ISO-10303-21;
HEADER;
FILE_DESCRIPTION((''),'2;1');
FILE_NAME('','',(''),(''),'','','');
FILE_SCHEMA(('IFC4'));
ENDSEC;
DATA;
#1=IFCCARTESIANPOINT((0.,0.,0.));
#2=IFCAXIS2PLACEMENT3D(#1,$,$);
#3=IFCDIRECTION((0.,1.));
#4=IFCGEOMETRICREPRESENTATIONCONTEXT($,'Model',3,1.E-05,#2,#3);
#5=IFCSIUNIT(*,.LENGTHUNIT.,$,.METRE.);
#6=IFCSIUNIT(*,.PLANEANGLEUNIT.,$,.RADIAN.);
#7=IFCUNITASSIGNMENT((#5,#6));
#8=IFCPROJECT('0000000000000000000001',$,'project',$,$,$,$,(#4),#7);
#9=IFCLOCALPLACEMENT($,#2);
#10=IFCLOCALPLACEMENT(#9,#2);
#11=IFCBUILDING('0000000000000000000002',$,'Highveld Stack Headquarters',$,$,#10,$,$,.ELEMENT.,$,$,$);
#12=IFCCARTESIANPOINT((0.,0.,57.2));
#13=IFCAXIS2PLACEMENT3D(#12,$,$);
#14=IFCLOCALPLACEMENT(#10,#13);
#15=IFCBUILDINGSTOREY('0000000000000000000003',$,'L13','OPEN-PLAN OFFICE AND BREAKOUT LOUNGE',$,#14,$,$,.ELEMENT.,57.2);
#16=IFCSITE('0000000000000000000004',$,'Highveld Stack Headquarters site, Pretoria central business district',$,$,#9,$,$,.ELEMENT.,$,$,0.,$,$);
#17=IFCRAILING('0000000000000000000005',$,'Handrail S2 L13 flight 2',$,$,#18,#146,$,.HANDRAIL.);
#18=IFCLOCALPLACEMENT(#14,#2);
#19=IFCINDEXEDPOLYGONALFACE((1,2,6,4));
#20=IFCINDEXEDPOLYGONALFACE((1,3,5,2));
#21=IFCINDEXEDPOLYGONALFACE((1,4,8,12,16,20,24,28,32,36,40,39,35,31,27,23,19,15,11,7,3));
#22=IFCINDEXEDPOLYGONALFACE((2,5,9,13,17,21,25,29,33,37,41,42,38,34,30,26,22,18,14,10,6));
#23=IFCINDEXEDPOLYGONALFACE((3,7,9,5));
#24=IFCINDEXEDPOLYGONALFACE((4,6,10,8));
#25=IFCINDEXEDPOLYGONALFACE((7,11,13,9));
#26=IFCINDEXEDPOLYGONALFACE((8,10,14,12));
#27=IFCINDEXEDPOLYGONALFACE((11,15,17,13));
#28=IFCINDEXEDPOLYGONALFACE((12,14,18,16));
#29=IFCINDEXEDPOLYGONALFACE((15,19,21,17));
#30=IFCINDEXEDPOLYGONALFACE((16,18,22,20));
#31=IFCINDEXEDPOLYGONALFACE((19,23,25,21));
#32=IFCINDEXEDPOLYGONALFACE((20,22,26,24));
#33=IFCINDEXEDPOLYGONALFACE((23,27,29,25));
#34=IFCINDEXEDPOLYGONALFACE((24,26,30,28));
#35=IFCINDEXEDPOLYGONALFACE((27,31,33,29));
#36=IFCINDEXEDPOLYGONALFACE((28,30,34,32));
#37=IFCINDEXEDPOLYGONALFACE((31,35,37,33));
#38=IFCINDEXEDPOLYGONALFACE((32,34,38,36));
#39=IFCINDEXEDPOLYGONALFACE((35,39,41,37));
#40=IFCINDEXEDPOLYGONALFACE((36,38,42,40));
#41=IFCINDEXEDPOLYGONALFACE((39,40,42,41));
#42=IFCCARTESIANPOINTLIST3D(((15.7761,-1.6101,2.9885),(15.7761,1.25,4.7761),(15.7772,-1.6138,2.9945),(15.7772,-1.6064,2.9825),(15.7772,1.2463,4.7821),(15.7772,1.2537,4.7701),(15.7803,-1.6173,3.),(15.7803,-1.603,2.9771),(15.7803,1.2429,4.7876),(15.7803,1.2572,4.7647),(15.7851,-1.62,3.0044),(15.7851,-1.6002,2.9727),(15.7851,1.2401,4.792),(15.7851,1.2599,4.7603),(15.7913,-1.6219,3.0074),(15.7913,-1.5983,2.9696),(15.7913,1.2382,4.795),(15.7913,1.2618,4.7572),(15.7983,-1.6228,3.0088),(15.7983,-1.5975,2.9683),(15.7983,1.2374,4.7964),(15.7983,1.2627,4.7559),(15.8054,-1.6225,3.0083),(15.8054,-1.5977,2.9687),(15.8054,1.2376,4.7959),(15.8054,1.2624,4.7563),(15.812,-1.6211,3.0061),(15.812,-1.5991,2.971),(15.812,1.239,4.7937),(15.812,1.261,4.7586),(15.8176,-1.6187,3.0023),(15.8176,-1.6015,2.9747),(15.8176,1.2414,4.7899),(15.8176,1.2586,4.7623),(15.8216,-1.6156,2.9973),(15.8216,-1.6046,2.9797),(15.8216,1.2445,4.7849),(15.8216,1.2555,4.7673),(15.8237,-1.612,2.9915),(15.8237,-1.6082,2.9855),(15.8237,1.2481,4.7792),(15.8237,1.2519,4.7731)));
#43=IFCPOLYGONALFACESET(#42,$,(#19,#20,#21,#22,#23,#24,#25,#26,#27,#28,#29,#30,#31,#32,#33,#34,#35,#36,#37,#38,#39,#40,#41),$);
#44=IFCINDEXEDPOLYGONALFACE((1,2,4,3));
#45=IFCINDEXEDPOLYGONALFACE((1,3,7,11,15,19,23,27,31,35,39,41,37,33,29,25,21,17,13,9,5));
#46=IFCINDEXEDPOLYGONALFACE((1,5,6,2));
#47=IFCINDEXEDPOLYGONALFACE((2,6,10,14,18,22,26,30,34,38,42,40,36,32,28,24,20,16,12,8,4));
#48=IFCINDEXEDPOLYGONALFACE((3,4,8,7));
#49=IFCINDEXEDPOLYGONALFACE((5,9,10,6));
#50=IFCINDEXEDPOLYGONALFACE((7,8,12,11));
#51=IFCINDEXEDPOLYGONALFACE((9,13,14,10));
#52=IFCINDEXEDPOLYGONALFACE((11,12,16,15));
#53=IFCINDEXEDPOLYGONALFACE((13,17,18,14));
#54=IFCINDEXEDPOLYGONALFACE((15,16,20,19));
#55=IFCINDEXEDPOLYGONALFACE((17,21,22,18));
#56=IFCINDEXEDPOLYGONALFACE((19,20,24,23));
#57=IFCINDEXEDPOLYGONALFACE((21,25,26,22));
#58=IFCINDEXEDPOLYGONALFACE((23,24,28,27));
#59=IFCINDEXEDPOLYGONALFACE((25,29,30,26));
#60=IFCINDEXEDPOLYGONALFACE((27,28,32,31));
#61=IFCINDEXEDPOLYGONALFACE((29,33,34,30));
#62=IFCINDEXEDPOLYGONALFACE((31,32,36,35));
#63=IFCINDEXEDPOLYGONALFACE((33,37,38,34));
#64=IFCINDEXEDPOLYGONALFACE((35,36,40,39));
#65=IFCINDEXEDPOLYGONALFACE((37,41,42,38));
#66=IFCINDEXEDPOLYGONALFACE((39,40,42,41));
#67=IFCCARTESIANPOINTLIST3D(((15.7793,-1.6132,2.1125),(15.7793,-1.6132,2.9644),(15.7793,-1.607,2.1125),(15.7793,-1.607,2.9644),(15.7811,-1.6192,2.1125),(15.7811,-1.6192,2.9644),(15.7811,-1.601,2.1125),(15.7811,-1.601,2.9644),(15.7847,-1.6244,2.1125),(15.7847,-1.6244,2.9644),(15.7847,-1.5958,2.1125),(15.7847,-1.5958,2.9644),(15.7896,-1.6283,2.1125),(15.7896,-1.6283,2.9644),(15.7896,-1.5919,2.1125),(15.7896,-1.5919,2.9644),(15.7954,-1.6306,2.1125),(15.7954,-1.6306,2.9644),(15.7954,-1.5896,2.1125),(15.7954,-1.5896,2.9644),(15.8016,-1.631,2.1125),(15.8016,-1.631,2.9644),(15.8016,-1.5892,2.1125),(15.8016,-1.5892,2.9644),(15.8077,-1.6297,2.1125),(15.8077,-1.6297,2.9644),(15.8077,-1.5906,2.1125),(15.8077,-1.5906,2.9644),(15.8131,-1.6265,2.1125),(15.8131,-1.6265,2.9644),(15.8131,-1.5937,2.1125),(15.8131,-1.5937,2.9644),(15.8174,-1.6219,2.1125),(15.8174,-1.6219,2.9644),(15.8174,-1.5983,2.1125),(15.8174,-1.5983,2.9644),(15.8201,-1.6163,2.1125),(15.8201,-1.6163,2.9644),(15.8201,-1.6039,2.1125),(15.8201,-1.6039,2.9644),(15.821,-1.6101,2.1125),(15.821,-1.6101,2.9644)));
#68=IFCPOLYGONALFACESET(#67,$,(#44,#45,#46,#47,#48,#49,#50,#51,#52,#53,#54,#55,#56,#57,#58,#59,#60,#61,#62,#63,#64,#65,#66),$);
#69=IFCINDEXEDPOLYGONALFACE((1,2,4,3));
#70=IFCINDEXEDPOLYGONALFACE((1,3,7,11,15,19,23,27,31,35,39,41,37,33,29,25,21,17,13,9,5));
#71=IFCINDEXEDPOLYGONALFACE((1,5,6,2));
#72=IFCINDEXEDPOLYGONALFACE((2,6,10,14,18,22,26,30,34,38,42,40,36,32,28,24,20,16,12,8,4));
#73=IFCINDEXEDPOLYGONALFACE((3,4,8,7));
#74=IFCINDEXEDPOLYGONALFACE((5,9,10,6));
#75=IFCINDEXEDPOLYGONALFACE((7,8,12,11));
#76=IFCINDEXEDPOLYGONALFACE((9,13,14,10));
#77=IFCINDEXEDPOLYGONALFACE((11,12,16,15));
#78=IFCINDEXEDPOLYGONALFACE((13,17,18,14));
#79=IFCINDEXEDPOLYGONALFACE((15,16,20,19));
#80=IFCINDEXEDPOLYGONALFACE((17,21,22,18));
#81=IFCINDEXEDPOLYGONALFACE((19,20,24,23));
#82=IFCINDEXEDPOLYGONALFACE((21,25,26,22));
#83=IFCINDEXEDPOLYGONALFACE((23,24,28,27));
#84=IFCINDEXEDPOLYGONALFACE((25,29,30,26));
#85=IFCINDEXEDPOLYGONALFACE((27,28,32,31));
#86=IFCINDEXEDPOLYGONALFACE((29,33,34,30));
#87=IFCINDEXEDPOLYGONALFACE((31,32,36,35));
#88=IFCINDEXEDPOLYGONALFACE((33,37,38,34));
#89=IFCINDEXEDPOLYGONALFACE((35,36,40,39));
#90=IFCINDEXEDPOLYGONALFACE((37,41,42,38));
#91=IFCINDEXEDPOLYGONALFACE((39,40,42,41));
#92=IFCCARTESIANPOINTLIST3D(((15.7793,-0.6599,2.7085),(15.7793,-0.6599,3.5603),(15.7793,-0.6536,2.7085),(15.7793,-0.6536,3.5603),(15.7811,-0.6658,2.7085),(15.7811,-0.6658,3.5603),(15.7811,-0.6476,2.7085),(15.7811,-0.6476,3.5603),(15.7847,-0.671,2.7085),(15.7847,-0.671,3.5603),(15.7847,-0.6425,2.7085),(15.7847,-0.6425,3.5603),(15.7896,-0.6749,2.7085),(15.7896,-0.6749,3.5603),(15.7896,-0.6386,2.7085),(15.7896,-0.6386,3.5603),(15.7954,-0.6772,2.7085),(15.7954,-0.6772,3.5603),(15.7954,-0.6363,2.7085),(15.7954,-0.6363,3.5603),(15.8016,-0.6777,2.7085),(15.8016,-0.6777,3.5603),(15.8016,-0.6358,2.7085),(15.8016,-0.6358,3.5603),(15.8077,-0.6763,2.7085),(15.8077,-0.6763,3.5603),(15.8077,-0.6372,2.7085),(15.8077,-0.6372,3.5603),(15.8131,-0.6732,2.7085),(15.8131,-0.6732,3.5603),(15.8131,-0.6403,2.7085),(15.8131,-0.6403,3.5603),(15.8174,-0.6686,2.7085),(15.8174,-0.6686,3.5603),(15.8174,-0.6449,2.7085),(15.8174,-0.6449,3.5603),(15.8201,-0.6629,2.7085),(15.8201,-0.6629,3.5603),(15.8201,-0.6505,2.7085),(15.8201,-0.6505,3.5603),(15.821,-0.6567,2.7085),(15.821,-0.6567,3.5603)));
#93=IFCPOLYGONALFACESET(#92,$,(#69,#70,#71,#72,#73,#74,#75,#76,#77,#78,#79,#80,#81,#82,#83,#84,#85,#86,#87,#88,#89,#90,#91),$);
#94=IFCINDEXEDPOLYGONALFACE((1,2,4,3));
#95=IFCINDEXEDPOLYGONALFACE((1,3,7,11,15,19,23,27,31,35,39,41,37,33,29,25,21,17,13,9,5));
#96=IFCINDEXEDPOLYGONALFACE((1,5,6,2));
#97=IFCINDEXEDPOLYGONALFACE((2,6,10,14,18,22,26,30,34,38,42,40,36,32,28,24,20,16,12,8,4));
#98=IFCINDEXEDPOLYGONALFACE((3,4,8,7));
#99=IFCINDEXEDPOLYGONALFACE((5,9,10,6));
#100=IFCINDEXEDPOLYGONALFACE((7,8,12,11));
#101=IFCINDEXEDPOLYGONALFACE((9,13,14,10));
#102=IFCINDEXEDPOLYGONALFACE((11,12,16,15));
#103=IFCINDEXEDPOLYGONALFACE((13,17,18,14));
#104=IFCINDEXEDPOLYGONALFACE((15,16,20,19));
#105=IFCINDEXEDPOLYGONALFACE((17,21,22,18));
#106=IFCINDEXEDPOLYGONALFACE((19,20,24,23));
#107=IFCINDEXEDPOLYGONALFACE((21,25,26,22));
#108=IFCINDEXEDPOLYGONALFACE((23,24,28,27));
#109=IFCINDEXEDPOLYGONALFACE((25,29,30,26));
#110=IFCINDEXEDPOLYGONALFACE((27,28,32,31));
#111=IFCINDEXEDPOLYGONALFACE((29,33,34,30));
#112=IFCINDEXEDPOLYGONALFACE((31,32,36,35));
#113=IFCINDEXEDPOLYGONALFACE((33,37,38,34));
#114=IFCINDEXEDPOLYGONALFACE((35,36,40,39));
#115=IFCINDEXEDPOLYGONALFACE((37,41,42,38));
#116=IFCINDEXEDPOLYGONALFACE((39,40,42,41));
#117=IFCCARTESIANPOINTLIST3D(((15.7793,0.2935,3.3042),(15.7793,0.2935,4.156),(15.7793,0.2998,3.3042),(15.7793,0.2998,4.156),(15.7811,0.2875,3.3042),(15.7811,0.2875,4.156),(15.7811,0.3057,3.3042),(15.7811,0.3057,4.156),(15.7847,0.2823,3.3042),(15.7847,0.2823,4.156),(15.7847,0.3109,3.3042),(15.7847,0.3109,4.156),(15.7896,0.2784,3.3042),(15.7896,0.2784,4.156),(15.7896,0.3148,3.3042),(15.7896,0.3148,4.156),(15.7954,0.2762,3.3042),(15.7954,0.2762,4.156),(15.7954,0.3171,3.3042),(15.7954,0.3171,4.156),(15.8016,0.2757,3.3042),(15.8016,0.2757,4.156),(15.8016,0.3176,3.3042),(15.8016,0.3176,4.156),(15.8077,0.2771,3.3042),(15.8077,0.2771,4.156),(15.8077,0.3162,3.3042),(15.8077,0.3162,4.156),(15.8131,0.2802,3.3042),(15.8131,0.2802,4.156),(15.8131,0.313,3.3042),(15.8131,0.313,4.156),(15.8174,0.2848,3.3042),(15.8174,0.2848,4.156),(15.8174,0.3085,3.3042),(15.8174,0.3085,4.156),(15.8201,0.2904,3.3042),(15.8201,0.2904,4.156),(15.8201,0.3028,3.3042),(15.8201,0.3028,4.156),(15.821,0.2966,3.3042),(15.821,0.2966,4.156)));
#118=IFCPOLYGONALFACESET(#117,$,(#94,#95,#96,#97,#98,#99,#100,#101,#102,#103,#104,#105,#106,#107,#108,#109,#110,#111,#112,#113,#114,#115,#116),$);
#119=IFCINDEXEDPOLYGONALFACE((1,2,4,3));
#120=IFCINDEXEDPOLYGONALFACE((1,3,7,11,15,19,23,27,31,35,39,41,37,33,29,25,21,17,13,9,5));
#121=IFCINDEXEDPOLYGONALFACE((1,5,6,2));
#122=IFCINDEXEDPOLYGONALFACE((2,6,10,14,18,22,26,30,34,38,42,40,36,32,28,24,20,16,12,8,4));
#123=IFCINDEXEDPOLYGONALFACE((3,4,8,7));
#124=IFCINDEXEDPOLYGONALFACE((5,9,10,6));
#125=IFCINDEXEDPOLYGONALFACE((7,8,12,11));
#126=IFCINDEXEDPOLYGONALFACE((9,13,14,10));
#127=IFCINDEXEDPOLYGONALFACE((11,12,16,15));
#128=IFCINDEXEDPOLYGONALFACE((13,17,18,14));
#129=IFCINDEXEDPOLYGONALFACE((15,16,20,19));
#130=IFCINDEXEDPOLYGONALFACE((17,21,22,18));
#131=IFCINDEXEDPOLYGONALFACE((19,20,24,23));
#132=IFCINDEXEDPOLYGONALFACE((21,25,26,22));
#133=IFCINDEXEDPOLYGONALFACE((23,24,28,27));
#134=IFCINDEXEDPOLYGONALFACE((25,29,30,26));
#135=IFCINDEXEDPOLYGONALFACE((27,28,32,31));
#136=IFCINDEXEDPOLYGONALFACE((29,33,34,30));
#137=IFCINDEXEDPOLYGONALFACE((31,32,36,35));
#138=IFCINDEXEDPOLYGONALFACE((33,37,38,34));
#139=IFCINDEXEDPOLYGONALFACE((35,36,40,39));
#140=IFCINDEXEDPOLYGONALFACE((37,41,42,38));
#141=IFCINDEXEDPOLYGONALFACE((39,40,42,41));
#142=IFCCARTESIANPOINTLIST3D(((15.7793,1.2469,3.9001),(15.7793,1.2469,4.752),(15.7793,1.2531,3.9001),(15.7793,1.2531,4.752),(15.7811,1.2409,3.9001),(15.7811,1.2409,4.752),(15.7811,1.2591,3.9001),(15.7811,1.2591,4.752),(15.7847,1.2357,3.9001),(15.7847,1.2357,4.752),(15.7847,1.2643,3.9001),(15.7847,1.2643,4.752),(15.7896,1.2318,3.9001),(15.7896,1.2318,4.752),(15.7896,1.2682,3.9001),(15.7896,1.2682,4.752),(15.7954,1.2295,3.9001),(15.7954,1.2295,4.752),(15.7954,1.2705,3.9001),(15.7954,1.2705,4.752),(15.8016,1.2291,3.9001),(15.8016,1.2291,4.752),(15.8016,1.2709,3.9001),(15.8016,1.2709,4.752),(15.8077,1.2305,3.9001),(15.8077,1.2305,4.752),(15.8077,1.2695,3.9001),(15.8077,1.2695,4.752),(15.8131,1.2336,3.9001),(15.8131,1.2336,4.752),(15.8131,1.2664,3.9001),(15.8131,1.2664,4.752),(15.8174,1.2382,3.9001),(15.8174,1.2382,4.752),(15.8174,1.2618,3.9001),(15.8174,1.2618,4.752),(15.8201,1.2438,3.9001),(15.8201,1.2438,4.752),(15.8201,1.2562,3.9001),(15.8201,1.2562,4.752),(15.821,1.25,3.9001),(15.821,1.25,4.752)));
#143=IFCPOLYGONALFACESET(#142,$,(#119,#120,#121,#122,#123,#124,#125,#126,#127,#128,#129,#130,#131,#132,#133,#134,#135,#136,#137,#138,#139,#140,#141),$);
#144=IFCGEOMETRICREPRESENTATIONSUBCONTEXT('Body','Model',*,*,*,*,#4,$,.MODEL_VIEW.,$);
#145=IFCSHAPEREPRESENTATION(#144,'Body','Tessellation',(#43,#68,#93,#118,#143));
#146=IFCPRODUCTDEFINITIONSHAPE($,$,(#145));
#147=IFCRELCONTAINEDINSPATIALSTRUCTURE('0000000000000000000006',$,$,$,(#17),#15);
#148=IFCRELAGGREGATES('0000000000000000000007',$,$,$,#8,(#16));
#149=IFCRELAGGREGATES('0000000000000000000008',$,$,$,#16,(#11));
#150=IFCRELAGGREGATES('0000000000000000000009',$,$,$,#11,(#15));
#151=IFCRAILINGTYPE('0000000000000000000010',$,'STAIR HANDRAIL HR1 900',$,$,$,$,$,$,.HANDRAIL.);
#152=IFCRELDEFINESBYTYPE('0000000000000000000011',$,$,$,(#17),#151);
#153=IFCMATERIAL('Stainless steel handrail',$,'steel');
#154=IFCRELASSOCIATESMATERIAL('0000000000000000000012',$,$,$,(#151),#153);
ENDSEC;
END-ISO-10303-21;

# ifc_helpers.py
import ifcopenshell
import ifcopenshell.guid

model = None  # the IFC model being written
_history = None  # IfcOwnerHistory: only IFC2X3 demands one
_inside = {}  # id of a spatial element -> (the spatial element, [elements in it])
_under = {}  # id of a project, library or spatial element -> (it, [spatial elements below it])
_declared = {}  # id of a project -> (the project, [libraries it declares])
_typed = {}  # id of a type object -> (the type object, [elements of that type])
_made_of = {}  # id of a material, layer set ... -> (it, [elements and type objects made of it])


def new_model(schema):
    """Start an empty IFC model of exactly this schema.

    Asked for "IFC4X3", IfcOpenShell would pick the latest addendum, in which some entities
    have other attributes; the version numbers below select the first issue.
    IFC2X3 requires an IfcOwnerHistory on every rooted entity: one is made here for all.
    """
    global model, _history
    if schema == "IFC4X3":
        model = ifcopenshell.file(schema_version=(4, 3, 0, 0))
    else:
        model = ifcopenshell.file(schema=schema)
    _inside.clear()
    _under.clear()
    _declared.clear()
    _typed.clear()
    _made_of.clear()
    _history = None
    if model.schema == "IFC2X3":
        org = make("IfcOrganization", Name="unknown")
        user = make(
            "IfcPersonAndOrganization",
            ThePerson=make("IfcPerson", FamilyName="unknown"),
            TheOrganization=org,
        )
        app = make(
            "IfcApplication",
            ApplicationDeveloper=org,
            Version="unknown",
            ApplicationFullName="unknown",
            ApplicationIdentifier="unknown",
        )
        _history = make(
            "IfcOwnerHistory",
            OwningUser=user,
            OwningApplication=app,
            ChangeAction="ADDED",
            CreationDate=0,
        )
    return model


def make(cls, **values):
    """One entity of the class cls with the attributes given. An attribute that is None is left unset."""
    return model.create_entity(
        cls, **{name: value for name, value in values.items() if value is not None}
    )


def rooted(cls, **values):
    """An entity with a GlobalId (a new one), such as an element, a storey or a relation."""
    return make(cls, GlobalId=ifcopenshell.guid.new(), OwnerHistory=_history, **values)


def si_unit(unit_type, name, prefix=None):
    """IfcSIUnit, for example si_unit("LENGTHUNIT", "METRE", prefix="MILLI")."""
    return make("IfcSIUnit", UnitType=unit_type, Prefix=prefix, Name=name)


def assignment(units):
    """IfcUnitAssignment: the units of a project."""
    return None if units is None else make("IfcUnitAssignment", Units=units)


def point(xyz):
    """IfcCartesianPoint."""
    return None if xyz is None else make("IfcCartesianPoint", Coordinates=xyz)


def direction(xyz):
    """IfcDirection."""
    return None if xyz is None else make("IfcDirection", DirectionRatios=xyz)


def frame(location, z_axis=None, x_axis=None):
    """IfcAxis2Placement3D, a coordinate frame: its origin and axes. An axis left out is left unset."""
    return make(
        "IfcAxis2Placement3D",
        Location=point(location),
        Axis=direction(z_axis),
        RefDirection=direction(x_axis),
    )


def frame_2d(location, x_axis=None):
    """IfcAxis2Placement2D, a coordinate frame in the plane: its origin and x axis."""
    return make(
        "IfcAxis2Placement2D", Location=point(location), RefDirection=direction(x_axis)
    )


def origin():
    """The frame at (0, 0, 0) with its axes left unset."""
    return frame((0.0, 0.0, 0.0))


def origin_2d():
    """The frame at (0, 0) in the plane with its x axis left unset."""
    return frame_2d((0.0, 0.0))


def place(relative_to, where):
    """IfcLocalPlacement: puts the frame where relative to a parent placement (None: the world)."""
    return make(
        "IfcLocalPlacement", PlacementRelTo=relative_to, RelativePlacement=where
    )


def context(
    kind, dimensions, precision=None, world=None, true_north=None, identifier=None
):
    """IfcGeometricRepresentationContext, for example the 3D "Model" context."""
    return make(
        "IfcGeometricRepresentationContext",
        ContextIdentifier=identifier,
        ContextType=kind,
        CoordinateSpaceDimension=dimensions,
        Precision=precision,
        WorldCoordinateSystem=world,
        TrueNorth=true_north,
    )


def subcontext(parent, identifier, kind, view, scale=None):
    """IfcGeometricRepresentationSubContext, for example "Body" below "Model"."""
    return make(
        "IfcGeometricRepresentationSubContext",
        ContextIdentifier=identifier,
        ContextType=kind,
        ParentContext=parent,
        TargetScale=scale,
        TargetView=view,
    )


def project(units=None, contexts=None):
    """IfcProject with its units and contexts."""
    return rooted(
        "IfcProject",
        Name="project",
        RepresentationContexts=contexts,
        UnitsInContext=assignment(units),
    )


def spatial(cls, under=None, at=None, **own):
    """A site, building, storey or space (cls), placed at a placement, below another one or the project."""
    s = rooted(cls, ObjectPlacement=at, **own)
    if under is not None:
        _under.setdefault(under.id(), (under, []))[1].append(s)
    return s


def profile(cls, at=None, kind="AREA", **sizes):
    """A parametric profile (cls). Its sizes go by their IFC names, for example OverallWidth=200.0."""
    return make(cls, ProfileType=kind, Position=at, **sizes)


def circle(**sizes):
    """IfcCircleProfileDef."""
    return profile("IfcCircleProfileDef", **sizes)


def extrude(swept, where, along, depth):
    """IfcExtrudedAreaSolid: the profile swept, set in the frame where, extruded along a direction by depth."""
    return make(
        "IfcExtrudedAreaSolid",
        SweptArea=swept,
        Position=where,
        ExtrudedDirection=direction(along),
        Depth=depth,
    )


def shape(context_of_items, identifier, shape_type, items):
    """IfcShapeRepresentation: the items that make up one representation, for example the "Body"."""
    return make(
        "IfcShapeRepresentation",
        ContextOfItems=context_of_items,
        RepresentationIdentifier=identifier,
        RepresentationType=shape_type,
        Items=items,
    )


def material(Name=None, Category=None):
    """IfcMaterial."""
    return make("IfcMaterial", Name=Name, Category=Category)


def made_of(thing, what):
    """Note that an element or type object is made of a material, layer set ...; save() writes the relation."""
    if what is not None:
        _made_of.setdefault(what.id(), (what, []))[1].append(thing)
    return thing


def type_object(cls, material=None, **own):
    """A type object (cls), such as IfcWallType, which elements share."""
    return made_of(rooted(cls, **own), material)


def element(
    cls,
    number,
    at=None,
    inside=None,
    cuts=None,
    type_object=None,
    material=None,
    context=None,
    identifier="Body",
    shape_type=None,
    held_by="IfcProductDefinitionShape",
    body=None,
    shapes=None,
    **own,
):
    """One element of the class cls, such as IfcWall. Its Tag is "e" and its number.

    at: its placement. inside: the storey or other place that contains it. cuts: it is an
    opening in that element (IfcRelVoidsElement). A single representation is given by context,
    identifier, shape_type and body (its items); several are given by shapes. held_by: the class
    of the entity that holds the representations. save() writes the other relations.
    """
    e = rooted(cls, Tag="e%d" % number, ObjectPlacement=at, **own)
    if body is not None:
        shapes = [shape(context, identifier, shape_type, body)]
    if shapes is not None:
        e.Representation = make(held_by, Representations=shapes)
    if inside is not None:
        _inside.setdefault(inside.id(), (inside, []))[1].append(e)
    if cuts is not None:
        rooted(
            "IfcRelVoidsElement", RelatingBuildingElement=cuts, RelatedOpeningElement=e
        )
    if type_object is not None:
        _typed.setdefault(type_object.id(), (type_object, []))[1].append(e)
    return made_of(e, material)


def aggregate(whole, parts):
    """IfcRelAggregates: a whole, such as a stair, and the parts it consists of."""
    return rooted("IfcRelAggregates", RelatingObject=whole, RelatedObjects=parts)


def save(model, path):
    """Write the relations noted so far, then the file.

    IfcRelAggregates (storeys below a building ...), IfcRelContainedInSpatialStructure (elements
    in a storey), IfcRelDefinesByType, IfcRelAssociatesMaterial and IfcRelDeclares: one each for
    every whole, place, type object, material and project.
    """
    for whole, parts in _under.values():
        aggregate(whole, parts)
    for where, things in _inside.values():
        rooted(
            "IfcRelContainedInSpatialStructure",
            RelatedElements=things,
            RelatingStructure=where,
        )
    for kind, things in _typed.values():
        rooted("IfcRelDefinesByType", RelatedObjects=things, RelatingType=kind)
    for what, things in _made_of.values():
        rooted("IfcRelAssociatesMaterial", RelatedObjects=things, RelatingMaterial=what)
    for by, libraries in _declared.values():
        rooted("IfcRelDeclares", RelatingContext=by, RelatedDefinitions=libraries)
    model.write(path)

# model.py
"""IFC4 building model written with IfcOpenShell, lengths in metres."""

from ifc_helpers import new_model, si_unit, direction, frame, origin, origin_2d, place, context, subcontext, project, spatial, circle, extrude, material, type_object, element, save


model = new_model("IFC4")

# Units and contexts
model_context = context("Model", 3, precision=1e-05, world=origin(), true_north=direction((0.0, 1.0)))
body_context = subcontext(model_context, "Body", "Model", "MODEL_VIEW")
ifc_project = project(units=[si_unit("LENGTHUNIT", "METRE"), si_unit("PLANEANGLEUNIT", "RADIAN")], contexts=[model_context])

# Site, building, storey
site_placement = place(None, origin())
site = spatial("IfcSite", under=ifc_project, at=site_placement, Name="Highveld Stack Headquarters site, Pretoria central business district", CompositionType="ELEMENT", RefElevation=0.0)
building_placement = place(site_placement, origin())
building = spatial("IfcBuilding", under=site, at=building_placement, Name="Highveld Stack Headquarters", CompositionType="ELEMENT")
storey_placement = place(building_placement, frame((0.0, 0.0, 57.2)))
storey = spatial("IfcBuildingStorey", under=building, at=storey_placement, Name="L13", Description="OPEN-PLAN OFFICE AND BREAKOUT LOUNGE", CompositionType="ELEMENT", Elevation=57.2)

# Railing
ifc_material_1 = material(Name="Stainless steel handrail", Category="steel")
railing_type = type_object("IfcRailingType", Name="STAIR HANDRAIL HR1 900", PredefinedType="HANDRAIL", material=ifc_material_1)
for number, where, name in (
    (1, (15.8, -1.6101, 2.1125), "Handrail S2 L13 flight 2"),
):
    element("IfcRailing", number, at=place(storey_placement, frame(where)), inside=storey, type_object=railing_type, Name=name, PredefinedType="HANDRAIL", context=body_context, shape_type="SweptSolid", body=[
        extrude(circle(Radius=0.0239, at=origin_2d()), frame((0.0, 0.0, 0.876), z_axis=(0.0, 0.847994, 0.530005), x_axis=(-1.0, 0.0, 0.0)), (0.0, 0.0, 1.0), 3.3728),
        extrude(circle(Radius=0.021, at=origin_2d()), origin(), (0.0, 0.0, 1.0), 0.8518),
        extrude(circle(Radius=0.021, at=origin_2d()), frame((0.0, 0.9534, 0.5959)), (0.0, 0.0, 1.0), 0.8518),
        extrude(circle(Radius=0.021, at=origin_2d()), frame((0.0, 1.9067, 1.1917)), (0.0, 0.0, 1.0), 0.8518),
        extrude(circle(Radius=0.021, at=origin_2d()), frame((0.0, 2.8601, 1.7876)), (0.0, 0.0, 1.0), 0.8518),
    ])

save(model, "model.ifc")
